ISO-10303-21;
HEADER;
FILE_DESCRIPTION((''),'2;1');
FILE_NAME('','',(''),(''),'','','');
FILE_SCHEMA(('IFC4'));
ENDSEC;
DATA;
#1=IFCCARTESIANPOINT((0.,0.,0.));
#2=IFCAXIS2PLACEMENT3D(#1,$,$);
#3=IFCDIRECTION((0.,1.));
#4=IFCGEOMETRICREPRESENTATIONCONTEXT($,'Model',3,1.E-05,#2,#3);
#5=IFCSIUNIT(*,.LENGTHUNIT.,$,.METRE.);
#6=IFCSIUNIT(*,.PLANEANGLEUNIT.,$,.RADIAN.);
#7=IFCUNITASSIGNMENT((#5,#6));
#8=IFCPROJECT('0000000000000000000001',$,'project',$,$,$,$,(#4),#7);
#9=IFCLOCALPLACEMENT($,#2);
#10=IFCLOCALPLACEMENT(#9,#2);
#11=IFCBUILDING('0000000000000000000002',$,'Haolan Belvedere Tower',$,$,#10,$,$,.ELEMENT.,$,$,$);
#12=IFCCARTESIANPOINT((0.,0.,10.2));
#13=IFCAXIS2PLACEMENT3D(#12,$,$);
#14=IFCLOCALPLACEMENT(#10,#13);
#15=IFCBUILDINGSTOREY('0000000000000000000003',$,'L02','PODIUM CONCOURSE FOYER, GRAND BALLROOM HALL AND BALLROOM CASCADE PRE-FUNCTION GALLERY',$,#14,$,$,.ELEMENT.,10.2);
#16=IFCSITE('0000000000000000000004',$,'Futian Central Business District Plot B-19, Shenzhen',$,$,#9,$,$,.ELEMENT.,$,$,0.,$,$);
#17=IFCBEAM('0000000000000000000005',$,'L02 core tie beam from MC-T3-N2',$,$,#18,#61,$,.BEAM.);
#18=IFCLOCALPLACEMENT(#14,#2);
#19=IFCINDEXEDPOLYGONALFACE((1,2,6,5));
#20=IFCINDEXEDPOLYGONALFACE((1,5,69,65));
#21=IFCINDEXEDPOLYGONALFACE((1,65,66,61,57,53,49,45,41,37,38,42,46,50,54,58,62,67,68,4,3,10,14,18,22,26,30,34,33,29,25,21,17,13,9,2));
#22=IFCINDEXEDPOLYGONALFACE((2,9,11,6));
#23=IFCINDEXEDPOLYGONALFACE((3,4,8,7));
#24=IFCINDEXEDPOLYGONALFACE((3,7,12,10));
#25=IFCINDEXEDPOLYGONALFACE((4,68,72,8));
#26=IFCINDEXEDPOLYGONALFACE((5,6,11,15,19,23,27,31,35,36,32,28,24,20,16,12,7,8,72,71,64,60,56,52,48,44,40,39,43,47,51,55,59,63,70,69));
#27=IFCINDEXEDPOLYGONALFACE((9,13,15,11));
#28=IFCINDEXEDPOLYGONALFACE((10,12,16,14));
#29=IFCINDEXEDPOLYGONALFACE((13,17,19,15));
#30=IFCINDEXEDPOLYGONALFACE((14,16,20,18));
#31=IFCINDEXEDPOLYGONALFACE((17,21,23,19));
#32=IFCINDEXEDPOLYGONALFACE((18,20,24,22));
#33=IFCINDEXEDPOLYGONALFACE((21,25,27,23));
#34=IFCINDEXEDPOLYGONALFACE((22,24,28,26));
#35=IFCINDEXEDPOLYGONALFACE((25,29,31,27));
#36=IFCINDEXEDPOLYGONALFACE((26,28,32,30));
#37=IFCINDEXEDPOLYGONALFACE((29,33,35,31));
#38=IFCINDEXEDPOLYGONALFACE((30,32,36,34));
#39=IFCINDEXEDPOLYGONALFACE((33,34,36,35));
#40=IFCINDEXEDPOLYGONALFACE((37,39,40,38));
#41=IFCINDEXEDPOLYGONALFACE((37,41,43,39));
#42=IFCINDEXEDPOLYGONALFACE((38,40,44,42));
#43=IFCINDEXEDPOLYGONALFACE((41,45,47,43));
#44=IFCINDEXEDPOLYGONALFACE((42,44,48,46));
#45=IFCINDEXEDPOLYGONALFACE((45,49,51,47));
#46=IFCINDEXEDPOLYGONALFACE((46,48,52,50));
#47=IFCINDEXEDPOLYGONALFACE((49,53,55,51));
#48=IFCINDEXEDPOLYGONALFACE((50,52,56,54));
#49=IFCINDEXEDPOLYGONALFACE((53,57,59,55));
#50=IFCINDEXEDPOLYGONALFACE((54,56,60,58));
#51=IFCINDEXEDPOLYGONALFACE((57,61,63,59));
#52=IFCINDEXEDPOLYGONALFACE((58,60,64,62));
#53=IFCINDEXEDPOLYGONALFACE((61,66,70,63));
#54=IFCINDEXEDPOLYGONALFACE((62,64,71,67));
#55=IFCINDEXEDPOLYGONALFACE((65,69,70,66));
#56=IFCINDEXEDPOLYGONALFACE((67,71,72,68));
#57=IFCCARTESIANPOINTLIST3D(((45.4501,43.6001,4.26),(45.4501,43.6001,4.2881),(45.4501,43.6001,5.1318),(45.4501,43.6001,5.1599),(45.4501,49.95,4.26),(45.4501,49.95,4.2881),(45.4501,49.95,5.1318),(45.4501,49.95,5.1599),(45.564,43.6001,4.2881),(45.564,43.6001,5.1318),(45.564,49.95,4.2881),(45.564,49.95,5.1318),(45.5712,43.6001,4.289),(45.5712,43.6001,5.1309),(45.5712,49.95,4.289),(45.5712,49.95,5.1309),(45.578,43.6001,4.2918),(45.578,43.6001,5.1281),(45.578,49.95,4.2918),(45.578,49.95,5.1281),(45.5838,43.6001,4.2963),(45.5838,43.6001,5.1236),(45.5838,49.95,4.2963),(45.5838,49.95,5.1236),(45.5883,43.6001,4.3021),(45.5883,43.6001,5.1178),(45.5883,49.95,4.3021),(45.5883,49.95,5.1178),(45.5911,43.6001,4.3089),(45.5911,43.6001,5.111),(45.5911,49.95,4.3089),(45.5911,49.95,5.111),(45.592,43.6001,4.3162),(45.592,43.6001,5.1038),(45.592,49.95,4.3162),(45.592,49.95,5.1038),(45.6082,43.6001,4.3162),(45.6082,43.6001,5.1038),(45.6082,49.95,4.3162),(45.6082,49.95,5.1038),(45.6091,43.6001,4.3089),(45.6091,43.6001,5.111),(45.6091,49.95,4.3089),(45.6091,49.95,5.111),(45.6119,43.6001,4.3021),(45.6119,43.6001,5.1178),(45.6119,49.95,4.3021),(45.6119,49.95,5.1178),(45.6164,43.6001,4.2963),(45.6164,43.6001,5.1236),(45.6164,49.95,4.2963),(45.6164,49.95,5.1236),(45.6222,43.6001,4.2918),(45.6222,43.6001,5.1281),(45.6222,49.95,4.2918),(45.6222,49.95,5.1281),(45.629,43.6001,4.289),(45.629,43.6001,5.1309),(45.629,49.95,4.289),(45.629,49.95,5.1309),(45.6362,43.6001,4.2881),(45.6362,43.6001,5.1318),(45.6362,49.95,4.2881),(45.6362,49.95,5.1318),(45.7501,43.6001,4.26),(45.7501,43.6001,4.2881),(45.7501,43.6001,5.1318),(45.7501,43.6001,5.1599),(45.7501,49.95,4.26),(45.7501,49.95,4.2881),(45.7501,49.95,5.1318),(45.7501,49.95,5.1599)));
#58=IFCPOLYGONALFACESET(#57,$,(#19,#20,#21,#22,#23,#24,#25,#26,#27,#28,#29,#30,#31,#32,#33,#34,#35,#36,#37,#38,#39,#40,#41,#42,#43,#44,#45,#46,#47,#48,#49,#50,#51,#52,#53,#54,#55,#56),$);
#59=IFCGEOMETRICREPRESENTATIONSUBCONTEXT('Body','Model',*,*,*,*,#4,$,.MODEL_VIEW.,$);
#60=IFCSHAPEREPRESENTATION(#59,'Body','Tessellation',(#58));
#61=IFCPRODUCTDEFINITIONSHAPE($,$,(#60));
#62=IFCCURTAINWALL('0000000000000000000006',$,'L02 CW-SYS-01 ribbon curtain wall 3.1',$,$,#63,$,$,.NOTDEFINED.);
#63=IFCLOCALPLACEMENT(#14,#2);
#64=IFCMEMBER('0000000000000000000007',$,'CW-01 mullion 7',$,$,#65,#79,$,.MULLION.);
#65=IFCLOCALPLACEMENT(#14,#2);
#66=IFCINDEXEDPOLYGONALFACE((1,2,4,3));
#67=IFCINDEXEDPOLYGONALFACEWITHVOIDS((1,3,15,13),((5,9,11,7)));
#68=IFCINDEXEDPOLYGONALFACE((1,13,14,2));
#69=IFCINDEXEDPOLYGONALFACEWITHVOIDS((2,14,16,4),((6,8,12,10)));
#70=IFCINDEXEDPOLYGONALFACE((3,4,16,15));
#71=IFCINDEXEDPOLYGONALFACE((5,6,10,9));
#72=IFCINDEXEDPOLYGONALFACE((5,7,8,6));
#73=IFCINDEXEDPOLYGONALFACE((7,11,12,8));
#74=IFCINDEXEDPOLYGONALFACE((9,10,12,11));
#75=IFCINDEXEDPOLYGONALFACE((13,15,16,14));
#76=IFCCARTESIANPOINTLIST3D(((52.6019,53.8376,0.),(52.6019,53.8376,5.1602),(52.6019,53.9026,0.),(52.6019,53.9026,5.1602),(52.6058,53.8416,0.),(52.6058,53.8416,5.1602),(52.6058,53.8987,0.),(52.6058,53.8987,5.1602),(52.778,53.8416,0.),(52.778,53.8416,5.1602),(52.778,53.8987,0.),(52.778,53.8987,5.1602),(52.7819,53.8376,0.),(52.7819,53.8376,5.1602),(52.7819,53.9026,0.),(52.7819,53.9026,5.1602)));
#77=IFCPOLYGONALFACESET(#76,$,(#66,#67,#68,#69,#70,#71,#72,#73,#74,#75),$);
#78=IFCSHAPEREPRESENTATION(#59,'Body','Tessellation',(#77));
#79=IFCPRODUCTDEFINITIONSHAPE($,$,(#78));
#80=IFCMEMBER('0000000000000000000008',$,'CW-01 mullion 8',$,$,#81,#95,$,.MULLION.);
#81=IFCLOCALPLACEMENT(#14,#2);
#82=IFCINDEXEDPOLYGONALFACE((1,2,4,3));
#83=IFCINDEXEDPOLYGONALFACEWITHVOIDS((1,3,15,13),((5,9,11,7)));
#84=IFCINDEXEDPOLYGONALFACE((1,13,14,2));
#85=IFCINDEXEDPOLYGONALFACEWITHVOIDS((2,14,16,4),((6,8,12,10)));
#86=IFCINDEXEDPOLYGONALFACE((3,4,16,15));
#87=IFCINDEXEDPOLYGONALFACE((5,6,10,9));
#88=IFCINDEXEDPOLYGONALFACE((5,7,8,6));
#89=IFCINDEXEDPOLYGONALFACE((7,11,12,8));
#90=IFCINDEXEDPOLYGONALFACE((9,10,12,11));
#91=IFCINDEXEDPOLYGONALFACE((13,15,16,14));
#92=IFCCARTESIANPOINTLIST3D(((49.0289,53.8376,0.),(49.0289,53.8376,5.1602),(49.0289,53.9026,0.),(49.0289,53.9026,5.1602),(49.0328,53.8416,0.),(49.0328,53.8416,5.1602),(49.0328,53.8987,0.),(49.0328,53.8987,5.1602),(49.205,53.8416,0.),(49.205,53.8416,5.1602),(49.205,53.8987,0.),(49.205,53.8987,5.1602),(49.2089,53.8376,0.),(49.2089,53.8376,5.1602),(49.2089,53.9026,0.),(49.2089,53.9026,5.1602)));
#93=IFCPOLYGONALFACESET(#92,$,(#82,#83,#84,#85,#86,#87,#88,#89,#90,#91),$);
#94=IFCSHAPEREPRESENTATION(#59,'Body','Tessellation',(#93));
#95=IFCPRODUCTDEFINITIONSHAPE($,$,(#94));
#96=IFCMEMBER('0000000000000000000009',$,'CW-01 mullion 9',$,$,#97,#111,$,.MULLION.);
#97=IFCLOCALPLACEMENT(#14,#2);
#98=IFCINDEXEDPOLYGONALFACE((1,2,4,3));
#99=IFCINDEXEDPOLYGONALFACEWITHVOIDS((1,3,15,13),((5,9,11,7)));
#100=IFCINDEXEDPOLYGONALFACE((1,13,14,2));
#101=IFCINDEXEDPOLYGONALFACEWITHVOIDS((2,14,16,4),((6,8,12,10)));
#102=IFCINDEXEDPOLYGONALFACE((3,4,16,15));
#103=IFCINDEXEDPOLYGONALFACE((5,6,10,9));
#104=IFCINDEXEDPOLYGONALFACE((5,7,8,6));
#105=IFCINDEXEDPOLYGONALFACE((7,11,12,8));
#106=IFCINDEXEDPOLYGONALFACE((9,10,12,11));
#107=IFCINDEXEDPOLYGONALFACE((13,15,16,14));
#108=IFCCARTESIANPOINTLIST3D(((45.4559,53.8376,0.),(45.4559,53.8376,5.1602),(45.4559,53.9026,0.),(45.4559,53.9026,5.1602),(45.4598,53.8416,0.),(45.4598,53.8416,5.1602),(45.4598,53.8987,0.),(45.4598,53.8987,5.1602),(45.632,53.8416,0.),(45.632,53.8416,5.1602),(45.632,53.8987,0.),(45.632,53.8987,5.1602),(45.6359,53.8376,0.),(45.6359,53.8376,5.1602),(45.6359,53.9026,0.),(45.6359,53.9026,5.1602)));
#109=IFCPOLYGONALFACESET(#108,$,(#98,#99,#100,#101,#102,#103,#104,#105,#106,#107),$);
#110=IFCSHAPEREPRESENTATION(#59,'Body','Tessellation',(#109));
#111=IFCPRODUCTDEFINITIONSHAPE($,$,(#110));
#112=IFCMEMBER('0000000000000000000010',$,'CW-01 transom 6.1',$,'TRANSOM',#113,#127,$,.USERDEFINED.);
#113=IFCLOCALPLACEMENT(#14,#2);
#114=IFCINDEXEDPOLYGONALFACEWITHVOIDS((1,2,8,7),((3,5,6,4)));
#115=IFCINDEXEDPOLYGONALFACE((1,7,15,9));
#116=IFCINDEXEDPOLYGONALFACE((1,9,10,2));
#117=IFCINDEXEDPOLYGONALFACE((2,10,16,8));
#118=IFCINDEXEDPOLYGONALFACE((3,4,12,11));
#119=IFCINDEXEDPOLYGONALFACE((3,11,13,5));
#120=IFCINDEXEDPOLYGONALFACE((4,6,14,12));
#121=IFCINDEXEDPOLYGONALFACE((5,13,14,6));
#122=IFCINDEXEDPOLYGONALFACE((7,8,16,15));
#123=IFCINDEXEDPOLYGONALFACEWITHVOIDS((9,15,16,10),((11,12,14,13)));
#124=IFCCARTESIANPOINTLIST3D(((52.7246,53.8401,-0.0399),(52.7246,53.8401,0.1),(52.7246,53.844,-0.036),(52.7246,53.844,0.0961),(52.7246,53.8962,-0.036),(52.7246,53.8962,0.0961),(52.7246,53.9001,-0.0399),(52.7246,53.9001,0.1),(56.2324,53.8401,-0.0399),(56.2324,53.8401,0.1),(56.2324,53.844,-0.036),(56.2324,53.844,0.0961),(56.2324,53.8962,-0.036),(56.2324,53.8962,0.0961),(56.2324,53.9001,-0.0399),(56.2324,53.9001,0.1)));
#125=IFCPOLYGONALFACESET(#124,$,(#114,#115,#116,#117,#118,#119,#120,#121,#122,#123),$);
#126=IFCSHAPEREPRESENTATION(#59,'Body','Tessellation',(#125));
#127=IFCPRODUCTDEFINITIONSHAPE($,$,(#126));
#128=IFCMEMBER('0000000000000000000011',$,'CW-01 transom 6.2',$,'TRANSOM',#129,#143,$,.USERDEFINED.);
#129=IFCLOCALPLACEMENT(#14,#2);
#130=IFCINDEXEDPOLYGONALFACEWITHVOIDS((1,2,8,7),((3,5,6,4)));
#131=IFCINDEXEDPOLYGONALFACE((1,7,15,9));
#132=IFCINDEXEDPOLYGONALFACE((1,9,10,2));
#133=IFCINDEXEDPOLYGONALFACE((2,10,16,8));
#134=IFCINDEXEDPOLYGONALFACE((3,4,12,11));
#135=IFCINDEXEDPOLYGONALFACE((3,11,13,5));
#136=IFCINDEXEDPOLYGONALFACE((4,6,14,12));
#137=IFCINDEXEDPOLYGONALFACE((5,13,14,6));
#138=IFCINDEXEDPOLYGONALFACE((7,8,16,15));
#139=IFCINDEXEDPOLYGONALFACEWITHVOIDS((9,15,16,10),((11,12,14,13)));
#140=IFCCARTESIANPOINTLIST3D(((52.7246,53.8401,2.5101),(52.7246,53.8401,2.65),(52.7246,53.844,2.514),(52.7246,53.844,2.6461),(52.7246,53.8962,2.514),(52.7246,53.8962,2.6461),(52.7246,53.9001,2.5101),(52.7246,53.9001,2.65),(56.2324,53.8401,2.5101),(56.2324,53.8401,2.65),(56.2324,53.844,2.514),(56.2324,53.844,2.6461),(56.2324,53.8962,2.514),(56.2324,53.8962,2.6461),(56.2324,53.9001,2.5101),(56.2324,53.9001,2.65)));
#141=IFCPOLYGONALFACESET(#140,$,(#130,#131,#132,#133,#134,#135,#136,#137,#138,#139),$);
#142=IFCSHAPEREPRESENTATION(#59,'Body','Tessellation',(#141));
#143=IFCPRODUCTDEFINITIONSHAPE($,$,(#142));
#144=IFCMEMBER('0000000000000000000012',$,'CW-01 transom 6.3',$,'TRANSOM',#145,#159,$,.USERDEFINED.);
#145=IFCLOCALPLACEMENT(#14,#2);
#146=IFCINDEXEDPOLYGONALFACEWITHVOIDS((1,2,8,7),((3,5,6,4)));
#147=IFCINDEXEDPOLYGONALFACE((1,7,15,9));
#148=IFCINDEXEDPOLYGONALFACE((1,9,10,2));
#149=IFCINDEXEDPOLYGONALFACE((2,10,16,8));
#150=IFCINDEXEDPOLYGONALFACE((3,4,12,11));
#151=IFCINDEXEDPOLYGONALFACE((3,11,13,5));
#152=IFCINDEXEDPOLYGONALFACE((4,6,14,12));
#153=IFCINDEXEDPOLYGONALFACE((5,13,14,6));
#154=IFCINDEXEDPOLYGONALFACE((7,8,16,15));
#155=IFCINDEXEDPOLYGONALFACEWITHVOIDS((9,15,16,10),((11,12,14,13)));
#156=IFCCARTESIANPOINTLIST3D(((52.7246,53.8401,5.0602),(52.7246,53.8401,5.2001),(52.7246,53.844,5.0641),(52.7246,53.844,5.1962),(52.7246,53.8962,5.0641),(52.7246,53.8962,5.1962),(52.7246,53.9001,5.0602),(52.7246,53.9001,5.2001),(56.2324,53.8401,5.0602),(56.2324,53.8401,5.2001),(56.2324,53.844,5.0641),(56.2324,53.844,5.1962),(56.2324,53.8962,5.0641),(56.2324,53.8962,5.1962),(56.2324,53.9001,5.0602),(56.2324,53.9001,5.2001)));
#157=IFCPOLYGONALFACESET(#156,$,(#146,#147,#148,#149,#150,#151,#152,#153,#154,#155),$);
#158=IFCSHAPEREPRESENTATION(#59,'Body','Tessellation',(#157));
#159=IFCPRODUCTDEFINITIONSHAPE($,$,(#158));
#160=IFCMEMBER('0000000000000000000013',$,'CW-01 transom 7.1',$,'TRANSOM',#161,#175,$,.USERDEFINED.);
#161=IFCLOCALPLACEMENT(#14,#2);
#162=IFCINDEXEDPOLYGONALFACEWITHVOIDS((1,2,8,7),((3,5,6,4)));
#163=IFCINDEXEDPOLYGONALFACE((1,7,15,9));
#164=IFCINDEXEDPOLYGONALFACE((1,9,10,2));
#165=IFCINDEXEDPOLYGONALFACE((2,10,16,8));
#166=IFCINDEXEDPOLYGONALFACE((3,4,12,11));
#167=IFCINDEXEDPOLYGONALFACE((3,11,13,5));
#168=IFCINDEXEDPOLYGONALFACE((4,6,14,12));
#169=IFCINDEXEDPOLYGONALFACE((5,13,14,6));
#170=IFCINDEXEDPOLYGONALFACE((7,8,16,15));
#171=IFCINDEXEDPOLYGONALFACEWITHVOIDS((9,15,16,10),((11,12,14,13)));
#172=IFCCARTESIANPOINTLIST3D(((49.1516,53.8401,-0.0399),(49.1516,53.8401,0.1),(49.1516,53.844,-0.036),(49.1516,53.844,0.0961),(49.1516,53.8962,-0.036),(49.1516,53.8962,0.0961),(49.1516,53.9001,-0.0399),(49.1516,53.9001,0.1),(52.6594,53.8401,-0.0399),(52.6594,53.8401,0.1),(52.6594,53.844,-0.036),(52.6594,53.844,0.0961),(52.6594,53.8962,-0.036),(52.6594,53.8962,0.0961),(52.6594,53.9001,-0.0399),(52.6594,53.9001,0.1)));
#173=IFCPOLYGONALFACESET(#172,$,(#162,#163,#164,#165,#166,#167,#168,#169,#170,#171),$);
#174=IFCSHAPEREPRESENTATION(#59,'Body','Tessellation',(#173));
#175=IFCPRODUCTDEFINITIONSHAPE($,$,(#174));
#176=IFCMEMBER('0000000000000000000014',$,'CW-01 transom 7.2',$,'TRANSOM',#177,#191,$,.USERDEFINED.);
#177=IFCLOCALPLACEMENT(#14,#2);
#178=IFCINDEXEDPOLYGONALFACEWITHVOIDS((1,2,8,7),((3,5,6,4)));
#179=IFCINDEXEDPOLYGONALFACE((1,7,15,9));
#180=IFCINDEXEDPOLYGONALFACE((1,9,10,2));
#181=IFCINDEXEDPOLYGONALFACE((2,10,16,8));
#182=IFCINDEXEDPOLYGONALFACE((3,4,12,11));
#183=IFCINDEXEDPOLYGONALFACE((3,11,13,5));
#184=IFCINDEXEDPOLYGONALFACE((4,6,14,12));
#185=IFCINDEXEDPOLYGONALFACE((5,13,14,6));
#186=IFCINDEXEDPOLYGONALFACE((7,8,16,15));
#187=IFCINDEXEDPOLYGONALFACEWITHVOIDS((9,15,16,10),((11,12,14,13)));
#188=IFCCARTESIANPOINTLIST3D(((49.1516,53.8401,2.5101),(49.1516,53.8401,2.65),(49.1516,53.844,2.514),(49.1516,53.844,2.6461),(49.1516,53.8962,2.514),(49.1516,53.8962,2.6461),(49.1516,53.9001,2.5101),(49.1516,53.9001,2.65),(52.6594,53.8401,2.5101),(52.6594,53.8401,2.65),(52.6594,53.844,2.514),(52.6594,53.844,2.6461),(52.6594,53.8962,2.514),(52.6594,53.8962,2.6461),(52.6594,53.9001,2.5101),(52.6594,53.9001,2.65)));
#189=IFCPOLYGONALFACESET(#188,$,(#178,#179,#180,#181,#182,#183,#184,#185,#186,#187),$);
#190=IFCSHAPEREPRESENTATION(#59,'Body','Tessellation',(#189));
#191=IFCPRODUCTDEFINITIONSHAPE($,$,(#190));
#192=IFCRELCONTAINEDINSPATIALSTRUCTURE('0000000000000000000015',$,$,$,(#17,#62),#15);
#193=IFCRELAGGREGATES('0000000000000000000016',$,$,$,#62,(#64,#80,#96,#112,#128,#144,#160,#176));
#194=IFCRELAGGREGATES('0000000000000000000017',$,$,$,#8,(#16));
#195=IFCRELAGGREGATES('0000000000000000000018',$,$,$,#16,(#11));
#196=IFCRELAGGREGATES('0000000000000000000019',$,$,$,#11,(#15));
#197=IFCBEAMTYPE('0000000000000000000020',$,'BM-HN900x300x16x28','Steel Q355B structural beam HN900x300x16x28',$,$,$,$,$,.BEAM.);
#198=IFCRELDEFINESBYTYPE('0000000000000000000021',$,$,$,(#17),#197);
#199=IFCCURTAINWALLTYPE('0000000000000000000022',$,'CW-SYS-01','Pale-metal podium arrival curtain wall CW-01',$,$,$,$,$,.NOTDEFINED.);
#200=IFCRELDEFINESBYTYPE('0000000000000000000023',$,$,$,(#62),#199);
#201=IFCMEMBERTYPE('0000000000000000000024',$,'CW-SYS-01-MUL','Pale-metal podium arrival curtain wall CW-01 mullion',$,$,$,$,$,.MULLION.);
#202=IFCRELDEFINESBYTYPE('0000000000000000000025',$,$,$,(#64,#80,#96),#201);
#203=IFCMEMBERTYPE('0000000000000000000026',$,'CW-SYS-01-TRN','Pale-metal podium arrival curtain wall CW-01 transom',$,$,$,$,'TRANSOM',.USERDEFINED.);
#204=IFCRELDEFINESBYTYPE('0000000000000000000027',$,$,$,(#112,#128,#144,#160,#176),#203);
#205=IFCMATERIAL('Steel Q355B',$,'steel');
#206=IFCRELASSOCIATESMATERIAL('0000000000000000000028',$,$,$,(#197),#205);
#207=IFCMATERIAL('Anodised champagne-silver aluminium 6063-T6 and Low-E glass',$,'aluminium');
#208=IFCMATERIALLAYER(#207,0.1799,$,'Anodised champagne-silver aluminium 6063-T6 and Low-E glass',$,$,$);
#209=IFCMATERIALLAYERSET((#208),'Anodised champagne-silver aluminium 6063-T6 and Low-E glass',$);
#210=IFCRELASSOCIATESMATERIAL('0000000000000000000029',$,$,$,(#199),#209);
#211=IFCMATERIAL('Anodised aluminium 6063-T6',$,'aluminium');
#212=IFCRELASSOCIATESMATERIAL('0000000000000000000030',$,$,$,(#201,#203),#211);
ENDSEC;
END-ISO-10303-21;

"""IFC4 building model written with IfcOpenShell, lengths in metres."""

from ifc_helpers import new_model, si_unit, direction, frame, origin, origin_2d, place, context, subcontext, project, spatial, hollow_rectangle, i_section, extrude, material, layer, layer_set, material_profile, profile_set, type_object, element, aggregate, save


model = new_model("IFC4")

# Units and contexts
model_context = context("Model", 3, precision=1e-05, world=origin(), true_north=direction((0.0, 1.0)))
body_context = subcontext(model_context, "Body", "Model", "MODEL_VIEW")
ifc_project = project(units=[si_unit("LENGTHUNIT", "METRE"), si_unit("PLANEANGLEUNIT", "RADIAN")], contexts=[model_context])

# Site, building, storey
site_placement = place(None, origin())
site = spatial("IfcSite", under=ifc_project, at=site_placement, Name="Futian Central Business District Plot B-19, Shenzhen", CompositionType="ELEMENT", RefElevation=0.0)
building_placement = place(site_placement, origin())
building = spatial("IfcBuilding", under=site, at=building_placement, Name="Haolan Belvedere Tower", CompositionType="ELEMENT")
storey_placement = place(building_placement, frame((0.0, 0.0, 10.2)))
storey = spatial("IfcBuildingStorey", under=building, at=storey_placement, Name="L02", Description="PODIUM CONCOURSE FOYER, GRAND BALLROOM HALL AND BALLROOM CASCADE PRE-FUNCTION GALLERY", CompositionType="ELEMENT", Elevation=10.2)

# Shared definitions
ifc_material_1 = material(Name="Steel Q355B", Category="steel")

# Beam
ifc_material_profile_1 = material_profile(ifc_material_1, i_section(OverallWidth=0.3, OverallDepth=0.8999, WebThickness=0.0161, FlangeThickness=0.0281, FilletRadius=0.0281, at=origin_2d()), Name="Steel Q355B")
ifc_profile_set_1 = profile_set([ifc_material_profile_1], Name="Steel Q355B")
beam_type_1 = type_object("IfcBeamType", Name="BM-HN900x300x16x28", Description="Steel Q355B structural beam HN900x300x16x28", PredefinedType="BEAM", material=ifc_profile_set_1)
beam_1_placement = place(storey_placement, frame((45.6001, 49.95, 4.71), z_axis=(0.0, -1.0, 0.0), x_axis=(1.0, 0.0, 0.0)))
element("IfcBeam", 1, at=beam_1_placement, inside=storey, type_object=beam_type_1, Name="L02 core tie beam from MC-T3-N2", PredefinedType="BEAM", context=body_context, shape_type="SweptSolid", body=[
    extrude(i_section(OverallWidth=0.3, OverallDepth=0.8999, WebThickness=0.0161, FlangeThickness=0.0281, FilletRadius=0.0281, at=origin_2d()), origin(), (0.0, 0.0, 1.0), 6.3499),
])

# Curtain wall, members
ifc_material_2 = material(Name="Anodised champagne-silver aluminium 6063-T6 and Low-E glass", Category="aluminium")
ifc_layer_1 = layer(ifc_material_2, 0.1799, Name="Anodised champagne-silver aluminium 6063-T6 and Low-E glass")
ifc_layer_set_1 = layer_set([ifc_layer_1], Name="Anodised champagne-silver aluminium 6063-T6 and Low-E glass")
curtain_wall_type = type_object("IfcCurtainWallType", Name="CW-SYS-01", Description="Pale-metal podium arrival curtain wall CW-01", PredefinedType="NOTDEFINED", material=ifc_layer_set_1)
curtain_wall_placement = place(storey_placement, origin())
curtain_wall = element("IfcCurtainWall", 2, at=curtain_wall_placement, inside=storey, type_object=curtain_wall_type, Name="L02 CW-SYS-01 ribbon curtain wall 3.1", PredefinedType="NOTDEFINED")
ifc_material_3 = material(Name="Anodised aluminium 6063-T6", Category="aluminium")
ifc_material_profile_2 = material_profile(ifc_material_3, hollow_rectangle(XDim=0.0649, YDim=0.1799, WallThickness=0.0039, at=origin_2d()), Name="Anodised aluminium 6063-T6")
ifc_profile_set_2 = profile_set([ifc_material_profile_2], Name="Anodised aluminium 6063-T6")
member_type_1 = type_object("IfcMemberType", Name="CW-SYS-01-MUL", Description="Pale-metal podium arrival curtain wall CW-01 mullion", PredefinedType="MULLION", material=ifc_profile_set_2)
member_1_placement = place(storey_placement, frame((52.6919, 53.8701, 0.0), z_axis=(0.0, 0.0, 1.0), x_axis=(0.0, -1.0, 0.0)))
member_1 = element("IfcMember", 3, at=member_1_placement, type_object=member_type_1, Name="CW-01 mullion 7", PredefinedType="MULLION", context=body_context, shape_type="SweptSolid", body=[
    extrude(hollow_rectangle(XDim=0.0649, YDim=0.1799, WallThickness=0.0039, at=origin_2d()), origin(), (0.0, 0.0, 1.0), 5.1602),
])
member_2_placement = place(storey_placement, frame((49.1189, 53.8701, 0.0), z_axis=(0.0, 0.0, 1.0), x_axis=(0.0, -1.0, 0.0)))
member_2 = element("IfcMember", 4, at=member_2_placement, type_object=member_type_1, Name="CW-01 mullion 8", PredefinedType="MULLION", context=body_context, shape_type="SweptSolid", body=[
    extrude(hollow_rectangle(XDim=0.0649, YDim=0.1799, WallThickness=0.0039, at=origin_2d()), origin(), (0.0, 0.0, 1.0), 5.1602),
])
member_3_placement = place(storey_placement, frame((45.5459, 53.8701, 0.0), z_axis=(0.0, 0.0, 1.0), x_axis=(0.0, -1.0, 0.0)))
member_3 = element("IfcMember", 5, at=member_3_placement, type_object=member_type_1, Name="CW-01 mullion 9", PredefinedType="MULLION", context=body_context, shape_type="SweptSolid", body=[
    extrude(hollow_rectangle(XDim=0.0649, YDim=0.1799, WallThickness=0.0039, at=origin_2d()), origin(), (0.0, 0.0, 1.0), 5.1602),
])
ifc_material_profile_3 = material_profile(ifc_material_3, hollow_rectangle(XDim=0.0601, YDim=0.1399, WallThickness=0.0039, at=origin_2d()), Name="Anodised aluminium 6063-T6")
ifc_profile_set_3 = profile_set([ifc_material_profile_3], Name="Anodised aluminium 6063-T6")
member_type_2 = type_object("IfcMemberType", Name="CW-SYS-01-TRN", Description="Pale-metal podium arrival curtain wall CW-01 transom", ElementType="TRANSOM", PredefinedType="USERDEFINED", material=ifc_profile_set_3)
member_4_placement = place(storey_placement, frame((56.2324, 53.8701, 0.03), z_axis=(-1.0, 0.0, 0.0), x_axis=(0.0, -1.0, 0.0)))
member_4 = element("IfcMember", 6, at=member_4_placement, type_object=member_type_2, Name="CW-01 transom 6.1", ObjectType="TRANSOM", PredefinedType="USERDEFINED", context=body_context, shape_type="SweptSolid", body=[
    extrude(hollow_rectangle(XDim=0.0601, YDim=0.1399, WallThickness=0.0039, at=origin_2d()), origin(), (0.0, 0.0, 1.0), 3.5078),
])
member_5_placement = place(storey_placement, frame((56.2324, 53.8701, 2.5801), z_axis=(-1.0, 0.0, 0.0), x_axis=(0.0, -1.0, 0.0)))
member_5 = element("IfcMember", 7, at=member_5_placement, type_object=member_type_2, Name="CW-01 transom 6.2", ObjectType="TRANSOM", PredefinedType="USERDEFINED", context=body_context, shape_type="SweptSolid", body=[
    extrude(hollow_rectangle(XDim=0.0601, YDim=0.1399, WallThickness=0.0039, at=origin_2d()), origin(), (0.0, 0.0, 1.0), 3.5078),
])
member_6_placement = place(storey_placement, frame((56.2324, 53.8701, 5.1301), z_axis=(-1.0, 0.0, 0.0), x_axis=(0.0, -1.0, 0.0)))
member_6 = element("IfcMember", 8, at=member_6_placement, type_object=member_type_2, Name="CW-01 transom 6.3", ObjectType="TRANSOM", PredefinedType="USERDEFINED", context=body_context, shape_type="SweptSolid", body=[
    extrude(hollow_rectangle(XDim=0.0601, YDim=0.1399, WallThickness=0.0039, at=origin_2d()), origin(), (0.0, 0.0, 1.0), 3.5078),
])
member_7_placement = place(storey_placement, frame((52.6594, 53.8701, 0.03), z_axis=(-1.0, 0.0, 0.0), x_axis=(0.0, -1.0, 0.0)))
member_7 = element("IfcMember", 9, at=member_7_placement, type_object=member_type_2, Name="CW-01 transom 7.1", ObjectType="TRANSOM", PredefinedType="USERDEFINED", context=body_context, shape_type="SweptSolid", body=[
    extrude(hollow_rectangle(XDim=0.0601, YDim=0.1399, WallThickness=0.0039, at=origin_2d()), origin(), (0.0, 0.0, 1.0), 3.5078),
])
member_8_placement = place(storey_placement, frame((52.6594, 53.8701, 2.5801), z_axis=(-1.0, 0.0, 0.0), x_axis=(0.0, -1.0, 0.0)))
member_8 = element("IfcMember", 10, at=member_8_placement, type_object=member_type_2, Name="CW-01 transom 7.2", ObjectType="TRANSOM", PredefinedType="USERDEFINED", context=body_context, shape_type="SweptSolid", body=[
    extrude(hollow_rectangle(XDim=0.0601, YDim=0.1399, WallThickness=0.0039, at=origin_2d()), origin(), (0.0, 0.0, 1.0), 3.5078),
])
aggregate(curtain_wall, [member_1, member_2, member_3, member_4, member_5, member_6, member_7, member_8])

save(model, "model.ifc")
